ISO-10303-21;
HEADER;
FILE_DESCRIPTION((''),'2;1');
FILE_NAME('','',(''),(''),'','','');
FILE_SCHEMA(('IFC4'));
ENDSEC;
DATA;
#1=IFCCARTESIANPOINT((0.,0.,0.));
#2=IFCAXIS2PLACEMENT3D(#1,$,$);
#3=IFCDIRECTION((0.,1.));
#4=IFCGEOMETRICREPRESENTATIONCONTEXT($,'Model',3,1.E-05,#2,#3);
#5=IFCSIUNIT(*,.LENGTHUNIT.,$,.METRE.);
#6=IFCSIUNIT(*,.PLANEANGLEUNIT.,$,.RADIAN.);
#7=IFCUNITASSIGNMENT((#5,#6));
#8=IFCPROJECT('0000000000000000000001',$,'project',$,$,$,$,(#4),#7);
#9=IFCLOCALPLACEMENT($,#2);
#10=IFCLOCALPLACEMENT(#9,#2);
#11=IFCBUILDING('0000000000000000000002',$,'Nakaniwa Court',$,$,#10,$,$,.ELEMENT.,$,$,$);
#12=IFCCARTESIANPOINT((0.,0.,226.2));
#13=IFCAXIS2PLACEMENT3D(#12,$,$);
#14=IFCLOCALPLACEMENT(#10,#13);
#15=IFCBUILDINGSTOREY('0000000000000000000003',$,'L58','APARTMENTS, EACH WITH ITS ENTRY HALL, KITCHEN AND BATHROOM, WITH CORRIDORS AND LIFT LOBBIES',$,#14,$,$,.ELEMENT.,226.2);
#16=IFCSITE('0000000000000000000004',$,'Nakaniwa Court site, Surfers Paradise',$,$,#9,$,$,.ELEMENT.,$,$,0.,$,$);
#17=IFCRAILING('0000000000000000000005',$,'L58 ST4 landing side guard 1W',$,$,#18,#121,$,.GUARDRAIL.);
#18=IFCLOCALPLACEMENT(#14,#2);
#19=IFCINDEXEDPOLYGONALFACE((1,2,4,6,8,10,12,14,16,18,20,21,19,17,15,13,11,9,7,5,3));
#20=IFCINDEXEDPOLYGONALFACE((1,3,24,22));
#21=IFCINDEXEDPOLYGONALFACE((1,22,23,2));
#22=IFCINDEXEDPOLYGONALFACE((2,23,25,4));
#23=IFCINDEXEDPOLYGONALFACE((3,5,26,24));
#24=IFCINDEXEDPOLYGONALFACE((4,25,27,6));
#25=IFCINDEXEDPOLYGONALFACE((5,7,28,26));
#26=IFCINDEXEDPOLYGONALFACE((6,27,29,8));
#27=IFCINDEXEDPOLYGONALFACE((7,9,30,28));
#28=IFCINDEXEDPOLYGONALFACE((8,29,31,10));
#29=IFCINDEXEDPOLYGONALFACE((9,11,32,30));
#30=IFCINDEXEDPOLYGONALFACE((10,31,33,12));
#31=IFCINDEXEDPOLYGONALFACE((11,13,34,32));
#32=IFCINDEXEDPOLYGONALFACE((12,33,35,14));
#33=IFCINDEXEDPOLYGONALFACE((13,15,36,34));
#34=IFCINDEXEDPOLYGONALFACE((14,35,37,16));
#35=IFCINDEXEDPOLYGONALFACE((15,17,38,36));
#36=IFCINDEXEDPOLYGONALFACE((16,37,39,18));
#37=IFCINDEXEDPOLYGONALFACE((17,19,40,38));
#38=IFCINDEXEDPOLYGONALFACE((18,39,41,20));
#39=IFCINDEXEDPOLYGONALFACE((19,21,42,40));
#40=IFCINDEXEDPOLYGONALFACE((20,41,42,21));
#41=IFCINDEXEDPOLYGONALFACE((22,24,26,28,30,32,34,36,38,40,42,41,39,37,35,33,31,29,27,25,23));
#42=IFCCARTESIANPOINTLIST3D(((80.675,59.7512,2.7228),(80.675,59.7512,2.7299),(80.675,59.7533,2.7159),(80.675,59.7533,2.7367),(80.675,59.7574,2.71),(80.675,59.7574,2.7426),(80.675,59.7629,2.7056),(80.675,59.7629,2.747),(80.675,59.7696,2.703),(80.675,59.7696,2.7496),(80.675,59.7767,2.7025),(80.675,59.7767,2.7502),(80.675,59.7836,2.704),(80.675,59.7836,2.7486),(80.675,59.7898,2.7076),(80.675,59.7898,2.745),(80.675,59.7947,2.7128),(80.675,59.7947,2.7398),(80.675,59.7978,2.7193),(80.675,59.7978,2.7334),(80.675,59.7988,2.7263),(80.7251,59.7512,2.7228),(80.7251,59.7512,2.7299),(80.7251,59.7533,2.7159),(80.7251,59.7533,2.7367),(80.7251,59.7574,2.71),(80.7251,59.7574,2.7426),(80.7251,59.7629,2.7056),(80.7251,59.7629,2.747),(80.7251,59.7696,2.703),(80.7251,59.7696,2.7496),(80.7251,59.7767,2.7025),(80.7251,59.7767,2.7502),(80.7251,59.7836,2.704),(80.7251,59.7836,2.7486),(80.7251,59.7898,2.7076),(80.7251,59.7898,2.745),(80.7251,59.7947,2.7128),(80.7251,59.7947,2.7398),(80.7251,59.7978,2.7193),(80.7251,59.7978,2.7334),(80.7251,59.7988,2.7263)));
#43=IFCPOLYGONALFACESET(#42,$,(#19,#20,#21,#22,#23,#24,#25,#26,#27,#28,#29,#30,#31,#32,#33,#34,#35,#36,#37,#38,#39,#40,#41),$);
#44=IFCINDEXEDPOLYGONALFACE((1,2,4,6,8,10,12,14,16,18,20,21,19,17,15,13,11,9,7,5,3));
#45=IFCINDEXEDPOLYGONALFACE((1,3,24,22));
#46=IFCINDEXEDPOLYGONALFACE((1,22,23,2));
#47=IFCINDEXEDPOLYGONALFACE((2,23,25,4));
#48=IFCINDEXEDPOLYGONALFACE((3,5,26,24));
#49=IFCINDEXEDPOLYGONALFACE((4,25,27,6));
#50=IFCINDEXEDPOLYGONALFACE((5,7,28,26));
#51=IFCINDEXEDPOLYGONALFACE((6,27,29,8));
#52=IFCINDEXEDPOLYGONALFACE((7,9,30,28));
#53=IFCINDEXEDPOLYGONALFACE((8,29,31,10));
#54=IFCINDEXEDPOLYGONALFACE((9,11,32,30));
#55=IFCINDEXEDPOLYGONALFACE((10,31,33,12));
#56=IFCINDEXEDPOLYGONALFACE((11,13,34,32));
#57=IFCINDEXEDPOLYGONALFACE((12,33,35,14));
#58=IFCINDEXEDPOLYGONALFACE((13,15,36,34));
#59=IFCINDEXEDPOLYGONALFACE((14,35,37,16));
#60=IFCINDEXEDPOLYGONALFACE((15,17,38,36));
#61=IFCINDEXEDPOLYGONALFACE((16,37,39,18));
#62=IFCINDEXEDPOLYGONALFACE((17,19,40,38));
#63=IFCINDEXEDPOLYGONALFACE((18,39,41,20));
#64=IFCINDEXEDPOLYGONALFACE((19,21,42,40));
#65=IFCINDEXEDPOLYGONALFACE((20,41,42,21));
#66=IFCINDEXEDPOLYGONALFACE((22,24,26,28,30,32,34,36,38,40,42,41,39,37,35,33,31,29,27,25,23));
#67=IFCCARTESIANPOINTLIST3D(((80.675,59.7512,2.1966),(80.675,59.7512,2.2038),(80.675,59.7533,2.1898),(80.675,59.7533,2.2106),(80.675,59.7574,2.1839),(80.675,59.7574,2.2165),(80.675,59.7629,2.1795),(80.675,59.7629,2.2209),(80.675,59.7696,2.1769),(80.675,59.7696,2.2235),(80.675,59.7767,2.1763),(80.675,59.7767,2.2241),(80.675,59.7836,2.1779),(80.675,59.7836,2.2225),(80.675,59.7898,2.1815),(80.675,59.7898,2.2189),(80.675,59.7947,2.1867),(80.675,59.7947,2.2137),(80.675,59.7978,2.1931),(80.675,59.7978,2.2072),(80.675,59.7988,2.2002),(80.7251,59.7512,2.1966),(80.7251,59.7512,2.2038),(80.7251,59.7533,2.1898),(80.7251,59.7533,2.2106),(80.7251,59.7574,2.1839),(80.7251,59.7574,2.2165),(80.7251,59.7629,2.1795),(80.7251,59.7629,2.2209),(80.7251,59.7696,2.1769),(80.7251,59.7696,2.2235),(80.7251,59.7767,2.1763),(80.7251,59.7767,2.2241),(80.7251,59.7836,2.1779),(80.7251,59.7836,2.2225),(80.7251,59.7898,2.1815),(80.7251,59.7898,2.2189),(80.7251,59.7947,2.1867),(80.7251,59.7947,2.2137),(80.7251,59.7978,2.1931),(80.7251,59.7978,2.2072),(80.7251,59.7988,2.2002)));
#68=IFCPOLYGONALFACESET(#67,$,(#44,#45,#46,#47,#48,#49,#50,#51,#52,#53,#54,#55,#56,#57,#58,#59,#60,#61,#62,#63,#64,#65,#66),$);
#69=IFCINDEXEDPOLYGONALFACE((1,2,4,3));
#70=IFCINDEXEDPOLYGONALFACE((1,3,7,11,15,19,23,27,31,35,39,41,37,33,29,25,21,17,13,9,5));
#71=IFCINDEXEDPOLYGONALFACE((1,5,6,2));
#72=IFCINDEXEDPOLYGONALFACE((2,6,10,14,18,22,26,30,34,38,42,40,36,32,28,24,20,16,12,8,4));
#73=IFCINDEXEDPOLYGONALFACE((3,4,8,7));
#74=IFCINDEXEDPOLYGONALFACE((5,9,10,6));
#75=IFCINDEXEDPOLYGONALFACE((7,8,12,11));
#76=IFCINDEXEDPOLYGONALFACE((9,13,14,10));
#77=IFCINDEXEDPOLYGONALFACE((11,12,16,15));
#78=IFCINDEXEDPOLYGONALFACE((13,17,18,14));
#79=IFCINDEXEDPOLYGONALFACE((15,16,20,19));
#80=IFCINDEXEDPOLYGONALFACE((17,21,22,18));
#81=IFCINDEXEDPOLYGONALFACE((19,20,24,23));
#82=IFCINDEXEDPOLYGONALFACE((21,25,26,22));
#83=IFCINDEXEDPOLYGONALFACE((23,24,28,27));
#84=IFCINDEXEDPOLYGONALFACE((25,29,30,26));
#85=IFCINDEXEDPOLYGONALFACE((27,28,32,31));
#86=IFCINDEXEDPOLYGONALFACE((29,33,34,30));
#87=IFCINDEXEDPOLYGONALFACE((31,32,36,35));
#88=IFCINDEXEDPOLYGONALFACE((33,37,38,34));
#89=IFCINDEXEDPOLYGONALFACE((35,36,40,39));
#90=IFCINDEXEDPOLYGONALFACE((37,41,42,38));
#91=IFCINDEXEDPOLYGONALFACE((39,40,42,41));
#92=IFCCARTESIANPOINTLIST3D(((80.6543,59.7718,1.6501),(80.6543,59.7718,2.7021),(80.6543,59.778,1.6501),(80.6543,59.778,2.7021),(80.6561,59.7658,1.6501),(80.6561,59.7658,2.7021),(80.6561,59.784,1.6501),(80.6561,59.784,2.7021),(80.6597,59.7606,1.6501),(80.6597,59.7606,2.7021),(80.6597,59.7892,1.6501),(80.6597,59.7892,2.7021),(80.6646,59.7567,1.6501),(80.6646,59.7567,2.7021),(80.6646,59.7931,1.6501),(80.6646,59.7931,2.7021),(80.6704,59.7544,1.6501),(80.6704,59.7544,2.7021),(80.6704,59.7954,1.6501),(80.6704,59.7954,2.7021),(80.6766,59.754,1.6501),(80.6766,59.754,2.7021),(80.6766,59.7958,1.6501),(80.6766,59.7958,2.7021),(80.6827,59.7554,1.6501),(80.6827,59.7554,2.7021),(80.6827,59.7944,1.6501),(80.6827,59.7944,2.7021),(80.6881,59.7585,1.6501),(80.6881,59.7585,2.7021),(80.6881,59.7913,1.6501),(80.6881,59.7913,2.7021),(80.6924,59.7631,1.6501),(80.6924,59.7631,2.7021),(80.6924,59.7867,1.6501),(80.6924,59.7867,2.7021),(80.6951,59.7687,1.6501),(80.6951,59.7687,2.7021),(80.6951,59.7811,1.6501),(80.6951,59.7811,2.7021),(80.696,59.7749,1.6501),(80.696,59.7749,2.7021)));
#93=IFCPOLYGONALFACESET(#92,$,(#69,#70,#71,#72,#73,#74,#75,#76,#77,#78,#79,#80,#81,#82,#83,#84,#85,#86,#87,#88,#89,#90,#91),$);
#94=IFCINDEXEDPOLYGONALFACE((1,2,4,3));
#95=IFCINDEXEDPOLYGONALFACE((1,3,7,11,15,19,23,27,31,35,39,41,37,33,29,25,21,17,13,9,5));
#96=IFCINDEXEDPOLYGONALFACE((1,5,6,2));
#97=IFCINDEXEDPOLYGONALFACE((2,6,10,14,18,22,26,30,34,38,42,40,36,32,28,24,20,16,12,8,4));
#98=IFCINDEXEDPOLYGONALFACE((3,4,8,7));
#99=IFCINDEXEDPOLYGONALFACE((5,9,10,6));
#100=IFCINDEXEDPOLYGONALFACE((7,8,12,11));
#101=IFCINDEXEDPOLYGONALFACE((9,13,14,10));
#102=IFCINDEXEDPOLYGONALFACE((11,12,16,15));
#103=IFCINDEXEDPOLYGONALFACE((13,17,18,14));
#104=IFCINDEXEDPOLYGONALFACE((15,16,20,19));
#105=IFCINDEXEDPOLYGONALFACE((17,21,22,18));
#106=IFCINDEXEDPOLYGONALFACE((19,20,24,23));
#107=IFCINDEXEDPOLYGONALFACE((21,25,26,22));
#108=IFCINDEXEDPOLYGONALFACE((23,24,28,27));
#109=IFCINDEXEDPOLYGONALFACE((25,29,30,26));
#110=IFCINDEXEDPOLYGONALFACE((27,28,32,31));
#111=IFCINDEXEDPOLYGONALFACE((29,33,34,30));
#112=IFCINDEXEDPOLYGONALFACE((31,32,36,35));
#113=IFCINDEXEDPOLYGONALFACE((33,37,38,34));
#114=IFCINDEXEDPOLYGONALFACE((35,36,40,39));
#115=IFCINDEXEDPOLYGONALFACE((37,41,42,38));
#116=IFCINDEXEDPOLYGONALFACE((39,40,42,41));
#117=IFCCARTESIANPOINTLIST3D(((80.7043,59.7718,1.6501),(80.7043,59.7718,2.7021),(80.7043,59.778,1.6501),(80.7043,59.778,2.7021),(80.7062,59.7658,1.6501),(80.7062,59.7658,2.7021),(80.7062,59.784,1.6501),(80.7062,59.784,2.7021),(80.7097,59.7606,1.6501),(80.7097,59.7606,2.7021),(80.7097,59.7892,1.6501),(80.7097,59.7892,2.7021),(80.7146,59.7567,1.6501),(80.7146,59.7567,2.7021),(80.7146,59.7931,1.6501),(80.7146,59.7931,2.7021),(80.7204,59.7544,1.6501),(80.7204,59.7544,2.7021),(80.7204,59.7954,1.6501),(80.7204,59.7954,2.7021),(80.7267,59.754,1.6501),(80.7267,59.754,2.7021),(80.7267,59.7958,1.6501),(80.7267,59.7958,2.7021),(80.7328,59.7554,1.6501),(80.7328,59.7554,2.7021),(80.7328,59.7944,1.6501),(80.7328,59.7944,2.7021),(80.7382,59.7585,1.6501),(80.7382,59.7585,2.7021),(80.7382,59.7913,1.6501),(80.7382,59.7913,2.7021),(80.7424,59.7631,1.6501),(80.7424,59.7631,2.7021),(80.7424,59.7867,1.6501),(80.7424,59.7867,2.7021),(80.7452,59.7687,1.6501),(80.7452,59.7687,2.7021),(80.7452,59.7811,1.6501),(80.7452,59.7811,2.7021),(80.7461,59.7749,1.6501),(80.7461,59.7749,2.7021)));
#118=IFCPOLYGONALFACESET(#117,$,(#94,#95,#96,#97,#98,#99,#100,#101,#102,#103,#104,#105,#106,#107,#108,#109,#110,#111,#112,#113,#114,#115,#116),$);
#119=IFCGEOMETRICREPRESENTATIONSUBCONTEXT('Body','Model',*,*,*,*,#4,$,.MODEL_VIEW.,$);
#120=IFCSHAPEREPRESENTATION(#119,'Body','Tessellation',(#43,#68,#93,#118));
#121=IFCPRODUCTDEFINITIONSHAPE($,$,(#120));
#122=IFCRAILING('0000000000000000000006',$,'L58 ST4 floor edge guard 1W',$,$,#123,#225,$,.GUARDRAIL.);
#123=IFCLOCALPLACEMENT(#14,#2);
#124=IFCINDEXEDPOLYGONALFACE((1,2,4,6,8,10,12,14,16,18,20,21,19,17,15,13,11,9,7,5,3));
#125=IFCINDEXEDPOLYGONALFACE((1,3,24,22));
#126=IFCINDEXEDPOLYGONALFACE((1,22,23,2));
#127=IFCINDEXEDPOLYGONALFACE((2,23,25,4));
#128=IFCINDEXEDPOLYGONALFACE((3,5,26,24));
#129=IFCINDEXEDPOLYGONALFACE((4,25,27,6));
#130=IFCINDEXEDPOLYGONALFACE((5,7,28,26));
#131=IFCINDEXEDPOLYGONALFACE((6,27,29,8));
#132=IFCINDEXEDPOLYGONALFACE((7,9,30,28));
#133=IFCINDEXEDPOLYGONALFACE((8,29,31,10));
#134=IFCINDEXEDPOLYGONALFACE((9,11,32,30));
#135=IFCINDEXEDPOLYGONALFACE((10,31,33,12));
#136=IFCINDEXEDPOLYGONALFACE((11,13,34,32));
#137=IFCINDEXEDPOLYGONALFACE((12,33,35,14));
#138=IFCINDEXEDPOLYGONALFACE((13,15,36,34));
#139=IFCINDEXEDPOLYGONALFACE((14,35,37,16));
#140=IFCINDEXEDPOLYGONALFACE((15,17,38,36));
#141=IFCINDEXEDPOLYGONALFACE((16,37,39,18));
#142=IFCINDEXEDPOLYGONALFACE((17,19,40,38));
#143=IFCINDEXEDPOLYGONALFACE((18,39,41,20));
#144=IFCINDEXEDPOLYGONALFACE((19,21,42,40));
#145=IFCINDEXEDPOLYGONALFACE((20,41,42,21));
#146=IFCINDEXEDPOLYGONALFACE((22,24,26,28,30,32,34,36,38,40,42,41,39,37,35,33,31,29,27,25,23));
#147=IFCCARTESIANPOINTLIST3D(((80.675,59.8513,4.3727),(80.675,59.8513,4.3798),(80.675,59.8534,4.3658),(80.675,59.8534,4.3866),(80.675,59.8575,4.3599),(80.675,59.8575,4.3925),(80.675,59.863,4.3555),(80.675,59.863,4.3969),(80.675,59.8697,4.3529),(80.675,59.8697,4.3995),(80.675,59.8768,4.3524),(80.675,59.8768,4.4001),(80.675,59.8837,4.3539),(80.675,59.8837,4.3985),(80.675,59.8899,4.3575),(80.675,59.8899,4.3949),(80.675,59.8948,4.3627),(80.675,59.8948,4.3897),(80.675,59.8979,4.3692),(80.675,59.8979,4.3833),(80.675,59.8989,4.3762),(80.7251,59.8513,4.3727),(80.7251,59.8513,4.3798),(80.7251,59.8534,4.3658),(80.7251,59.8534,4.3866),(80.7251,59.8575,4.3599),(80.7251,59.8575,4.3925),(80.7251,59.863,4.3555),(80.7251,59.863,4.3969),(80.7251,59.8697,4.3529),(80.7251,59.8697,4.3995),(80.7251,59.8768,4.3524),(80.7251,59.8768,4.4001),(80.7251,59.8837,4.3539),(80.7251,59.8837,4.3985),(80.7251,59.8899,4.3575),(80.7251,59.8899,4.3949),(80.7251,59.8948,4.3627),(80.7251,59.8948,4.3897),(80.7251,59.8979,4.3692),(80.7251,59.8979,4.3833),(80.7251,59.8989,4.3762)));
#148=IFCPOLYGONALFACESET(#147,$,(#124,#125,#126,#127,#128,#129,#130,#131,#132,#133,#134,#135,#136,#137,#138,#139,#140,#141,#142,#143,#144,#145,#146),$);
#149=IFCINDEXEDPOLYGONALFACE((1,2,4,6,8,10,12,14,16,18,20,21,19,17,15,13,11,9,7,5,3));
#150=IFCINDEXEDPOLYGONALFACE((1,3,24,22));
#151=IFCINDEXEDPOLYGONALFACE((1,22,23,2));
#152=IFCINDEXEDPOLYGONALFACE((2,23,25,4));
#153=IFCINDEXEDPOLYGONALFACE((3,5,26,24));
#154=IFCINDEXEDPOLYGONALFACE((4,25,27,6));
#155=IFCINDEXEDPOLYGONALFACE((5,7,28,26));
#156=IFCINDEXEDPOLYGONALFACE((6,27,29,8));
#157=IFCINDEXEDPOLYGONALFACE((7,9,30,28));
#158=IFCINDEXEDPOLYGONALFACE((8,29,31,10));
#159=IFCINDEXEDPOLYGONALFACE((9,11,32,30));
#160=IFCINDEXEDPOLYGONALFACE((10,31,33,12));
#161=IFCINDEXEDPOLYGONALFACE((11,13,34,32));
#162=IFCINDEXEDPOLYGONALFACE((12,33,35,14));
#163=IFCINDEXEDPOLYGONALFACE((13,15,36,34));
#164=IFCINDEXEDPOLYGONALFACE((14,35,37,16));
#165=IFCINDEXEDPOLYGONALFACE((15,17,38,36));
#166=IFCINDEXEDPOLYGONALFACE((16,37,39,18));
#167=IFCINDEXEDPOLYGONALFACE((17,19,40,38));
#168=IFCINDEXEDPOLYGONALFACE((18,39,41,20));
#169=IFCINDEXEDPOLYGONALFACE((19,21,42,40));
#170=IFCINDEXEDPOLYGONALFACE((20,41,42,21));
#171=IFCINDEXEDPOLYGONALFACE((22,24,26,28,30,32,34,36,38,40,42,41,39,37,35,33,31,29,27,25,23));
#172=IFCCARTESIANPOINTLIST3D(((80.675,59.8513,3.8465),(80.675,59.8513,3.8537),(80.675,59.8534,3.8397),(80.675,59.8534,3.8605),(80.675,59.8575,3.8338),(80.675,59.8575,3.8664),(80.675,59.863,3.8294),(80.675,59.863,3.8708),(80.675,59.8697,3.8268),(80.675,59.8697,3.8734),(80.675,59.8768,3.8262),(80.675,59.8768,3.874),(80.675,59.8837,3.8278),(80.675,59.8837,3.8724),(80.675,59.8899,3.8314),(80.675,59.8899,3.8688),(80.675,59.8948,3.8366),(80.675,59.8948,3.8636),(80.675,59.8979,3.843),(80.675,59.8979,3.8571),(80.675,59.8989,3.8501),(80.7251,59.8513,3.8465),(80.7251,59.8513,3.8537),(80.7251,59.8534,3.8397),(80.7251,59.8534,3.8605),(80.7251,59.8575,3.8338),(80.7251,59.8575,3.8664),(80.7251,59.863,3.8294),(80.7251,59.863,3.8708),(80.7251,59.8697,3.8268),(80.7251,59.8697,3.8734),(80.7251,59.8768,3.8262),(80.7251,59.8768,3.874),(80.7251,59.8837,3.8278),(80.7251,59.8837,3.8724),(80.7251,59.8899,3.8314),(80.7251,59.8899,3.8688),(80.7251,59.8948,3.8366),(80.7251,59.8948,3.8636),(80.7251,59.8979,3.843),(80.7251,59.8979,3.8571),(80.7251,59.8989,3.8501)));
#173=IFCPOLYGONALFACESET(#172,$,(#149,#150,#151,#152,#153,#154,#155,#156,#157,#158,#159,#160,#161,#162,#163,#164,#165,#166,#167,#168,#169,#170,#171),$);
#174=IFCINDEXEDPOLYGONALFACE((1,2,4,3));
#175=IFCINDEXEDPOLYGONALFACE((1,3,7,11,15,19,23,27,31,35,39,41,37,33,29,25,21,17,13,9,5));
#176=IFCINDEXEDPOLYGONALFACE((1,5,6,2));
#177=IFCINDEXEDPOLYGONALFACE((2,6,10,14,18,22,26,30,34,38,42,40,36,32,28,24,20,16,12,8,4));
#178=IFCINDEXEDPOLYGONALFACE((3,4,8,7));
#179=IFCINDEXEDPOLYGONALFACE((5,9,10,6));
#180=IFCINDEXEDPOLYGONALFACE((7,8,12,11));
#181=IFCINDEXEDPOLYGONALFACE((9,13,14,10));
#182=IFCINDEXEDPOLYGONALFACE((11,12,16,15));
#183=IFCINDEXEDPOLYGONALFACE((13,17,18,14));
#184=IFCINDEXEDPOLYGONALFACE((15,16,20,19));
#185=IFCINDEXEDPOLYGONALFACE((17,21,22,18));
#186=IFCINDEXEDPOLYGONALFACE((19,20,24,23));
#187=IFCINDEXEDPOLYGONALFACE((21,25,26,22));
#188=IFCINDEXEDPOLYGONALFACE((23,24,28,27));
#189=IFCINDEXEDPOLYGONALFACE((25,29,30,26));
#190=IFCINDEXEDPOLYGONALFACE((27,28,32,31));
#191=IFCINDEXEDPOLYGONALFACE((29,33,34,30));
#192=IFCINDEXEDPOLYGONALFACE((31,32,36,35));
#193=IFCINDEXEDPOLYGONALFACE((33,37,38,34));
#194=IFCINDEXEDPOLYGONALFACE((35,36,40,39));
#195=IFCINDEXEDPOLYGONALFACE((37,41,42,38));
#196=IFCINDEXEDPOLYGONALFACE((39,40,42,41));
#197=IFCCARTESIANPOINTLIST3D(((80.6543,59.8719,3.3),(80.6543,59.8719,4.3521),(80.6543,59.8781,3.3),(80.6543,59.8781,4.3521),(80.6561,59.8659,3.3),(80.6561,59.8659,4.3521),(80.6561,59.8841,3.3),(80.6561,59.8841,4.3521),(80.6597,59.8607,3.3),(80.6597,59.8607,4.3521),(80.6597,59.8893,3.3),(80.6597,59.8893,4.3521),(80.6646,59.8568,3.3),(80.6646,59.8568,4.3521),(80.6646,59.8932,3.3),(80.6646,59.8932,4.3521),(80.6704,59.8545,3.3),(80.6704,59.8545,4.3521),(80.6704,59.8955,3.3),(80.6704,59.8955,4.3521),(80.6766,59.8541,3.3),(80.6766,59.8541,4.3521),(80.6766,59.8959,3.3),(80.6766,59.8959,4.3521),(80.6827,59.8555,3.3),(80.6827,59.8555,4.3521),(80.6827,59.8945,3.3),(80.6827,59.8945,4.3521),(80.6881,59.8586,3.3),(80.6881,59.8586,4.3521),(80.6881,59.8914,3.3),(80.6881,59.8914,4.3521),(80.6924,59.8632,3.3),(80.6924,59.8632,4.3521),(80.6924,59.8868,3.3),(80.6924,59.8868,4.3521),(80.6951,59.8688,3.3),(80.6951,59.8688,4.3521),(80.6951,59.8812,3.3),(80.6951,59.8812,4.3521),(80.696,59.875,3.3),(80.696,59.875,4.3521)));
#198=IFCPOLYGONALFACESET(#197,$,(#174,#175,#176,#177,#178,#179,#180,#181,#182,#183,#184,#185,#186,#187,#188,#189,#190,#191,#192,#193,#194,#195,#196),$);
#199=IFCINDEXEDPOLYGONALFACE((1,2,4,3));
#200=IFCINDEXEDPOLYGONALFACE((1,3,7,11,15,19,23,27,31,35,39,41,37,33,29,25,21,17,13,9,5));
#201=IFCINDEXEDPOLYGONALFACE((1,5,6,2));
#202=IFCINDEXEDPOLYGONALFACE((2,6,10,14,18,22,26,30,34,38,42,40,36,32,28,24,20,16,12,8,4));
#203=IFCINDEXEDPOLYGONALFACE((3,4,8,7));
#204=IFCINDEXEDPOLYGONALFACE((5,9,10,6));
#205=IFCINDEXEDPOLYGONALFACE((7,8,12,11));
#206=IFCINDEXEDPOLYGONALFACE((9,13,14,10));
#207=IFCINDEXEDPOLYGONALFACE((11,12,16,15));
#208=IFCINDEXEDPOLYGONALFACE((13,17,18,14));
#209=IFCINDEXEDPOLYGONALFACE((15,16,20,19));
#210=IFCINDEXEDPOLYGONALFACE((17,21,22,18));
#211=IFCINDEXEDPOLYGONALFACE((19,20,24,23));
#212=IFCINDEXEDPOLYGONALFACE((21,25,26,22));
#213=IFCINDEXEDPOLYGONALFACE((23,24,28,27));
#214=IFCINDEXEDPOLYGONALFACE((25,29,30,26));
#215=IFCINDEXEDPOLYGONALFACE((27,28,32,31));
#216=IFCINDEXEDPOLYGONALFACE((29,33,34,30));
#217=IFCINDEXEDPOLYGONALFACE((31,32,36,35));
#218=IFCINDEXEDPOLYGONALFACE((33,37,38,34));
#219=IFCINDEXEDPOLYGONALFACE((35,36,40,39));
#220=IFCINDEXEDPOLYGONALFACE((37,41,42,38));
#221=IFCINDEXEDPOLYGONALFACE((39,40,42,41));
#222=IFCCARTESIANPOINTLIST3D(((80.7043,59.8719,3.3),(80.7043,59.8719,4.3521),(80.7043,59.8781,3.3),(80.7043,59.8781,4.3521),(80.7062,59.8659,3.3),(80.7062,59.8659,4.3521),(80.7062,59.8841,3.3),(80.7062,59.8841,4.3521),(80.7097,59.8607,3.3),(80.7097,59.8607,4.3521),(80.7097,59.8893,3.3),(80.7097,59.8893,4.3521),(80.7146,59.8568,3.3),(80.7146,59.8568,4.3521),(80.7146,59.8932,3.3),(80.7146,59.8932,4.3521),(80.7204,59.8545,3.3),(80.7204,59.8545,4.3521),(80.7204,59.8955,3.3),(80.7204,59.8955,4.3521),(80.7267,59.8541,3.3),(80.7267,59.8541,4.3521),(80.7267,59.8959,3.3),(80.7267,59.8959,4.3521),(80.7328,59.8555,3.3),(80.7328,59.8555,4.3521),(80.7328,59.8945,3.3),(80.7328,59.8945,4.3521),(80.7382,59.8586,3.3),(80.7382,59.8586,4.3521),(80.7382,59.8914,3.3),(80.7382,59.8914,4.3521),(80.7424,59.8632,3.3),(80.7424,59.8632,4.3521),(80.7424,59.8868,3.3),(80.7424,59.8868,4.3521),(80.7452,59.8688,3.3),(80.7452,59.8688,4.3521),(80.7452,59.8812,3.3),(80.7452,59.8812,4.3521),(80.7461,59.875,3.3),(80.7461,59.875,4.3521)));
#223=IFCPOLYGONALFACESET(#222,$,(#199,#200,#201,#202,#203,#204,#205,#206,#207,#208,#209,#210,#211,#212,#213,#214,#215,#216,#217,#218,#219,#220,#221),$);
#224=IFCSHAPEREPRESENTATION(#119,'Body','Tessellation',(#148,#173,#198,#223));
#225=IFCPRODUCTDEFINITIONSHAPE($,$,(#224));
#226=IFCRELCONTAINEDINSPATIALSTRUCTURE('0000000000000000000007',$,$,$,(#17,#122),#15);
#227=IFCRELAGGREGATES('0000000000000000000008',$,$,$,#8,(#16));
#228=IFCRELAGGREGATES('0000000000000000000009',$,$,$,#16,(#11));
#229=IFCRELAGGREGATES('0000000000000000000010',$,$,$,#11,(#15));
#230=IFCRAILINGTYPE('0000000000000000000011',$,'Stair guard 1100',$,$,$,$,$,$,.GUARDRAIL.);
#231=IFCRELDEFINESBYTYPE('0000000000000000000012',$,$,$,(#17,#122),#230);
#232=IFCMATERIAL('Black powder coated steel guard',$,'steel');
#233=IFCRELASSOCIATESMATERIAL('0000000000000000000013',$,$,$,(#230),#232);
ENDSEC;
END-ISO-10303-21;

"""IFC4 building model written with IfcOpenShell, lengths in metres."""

from ifc_helpers import new_model, si_unit, direction, frame, origin, origin_2d, place, context, subcontext, project, spatial, circle, extrude, material, type_object, element, save


model = new_model("IFC4")

# Units and contexts
model_context = context("Model", 3, precision=1e-05, world=origin(), true_north=direction((0.0, 1.0)))
body_context = subcontext(model_context, "Body", "Model", "MODEL_VIEW")
ifc_project = project(units=[si_unit("LENGTHUNIT", "METRE"), si_unit("PLANEANGLEUNIT", "RADIAN")], contexts=[model_context])

# Site, building, storey
site_placement = place(None, origin())
site = spatial("IfcSite", under=ifc_project, at=site_placement, Name="Nakaniwa Court site, Surfers Paradise", CompositionType="ELEMENT", RefElevation=0.0)
building_placement = place(site_placement, origin())
building = spatial("IfcBuilding", under=site, at=building_placement, Name="Nakaniwa Court", CompositionType="ELEMENT")
storey_placement = place(building_placement, frame((0.0, 0.0, 226.2)))
storey = spatial("IfcBuildingStorey", under=building, at=storey_placement, Name="L58", Description="APARTMENTS, EACH WITH ITS ENTRY HALL, KITCHEN AND BATHROOM, WITH CORRIDORS AND LIFT LOBBIES", CompositionType="ELEMENT", Elevation=226.2)

# Railings
ifc_material_1 = material(Name="Black powder coated steel guard", Category="steel")
railing_type_1 = type_object("IfcRailingType", Name="Stair guard 1100", PredefinedType="GUARDRAIL", material=ifc_material_1)
for number, where, name in (
    (1, (80.675, 59.7749, 1.6501), "L58 ST4 landing side guard 1W"),
    (2, (80.675, 59.875, 3.3), "L58 ST4 floor edge guard 1W"),
):
    element("IfcRailing", number, at=place(storey_placement, frame(where)), inside=storey, type_object=railing_type_1, Name=name, PredefinedType="GUARDRAIL", context=body_context, shape_type="SweptSolid", body=[
        extrude(circle(Radius=0.0239, at=origin_2d()), frame((0.0, 0.0, 1.0762), z_axis=(1.0, 0.0, 0.0), x_axis=(0.0, 1.0, 0.0)), (0.0, 0.0, 1.0), 0.05),
        extrude(circle(Radius=0.0239, at=origin_2d()), frame((0.0, 0.0, 0.55), z_axis=(1.0, 0.0, 0.0), x_axis=(0.0, 1.0, 0.0)), (0.0, 0.0, 1.0), 0.05),
        extrude(circle(Radius=0.021, at=origin_2d()), origin(), (0.0, 0.0, 1.0), 1.052),
        extrude(circle(Radius=0.021, at=origin_2d()), frame((0.05, 0.0, 0.0)), (0.0, 0.0, 1.0), 1.052),
    ])

save(model, "model.ifc")
